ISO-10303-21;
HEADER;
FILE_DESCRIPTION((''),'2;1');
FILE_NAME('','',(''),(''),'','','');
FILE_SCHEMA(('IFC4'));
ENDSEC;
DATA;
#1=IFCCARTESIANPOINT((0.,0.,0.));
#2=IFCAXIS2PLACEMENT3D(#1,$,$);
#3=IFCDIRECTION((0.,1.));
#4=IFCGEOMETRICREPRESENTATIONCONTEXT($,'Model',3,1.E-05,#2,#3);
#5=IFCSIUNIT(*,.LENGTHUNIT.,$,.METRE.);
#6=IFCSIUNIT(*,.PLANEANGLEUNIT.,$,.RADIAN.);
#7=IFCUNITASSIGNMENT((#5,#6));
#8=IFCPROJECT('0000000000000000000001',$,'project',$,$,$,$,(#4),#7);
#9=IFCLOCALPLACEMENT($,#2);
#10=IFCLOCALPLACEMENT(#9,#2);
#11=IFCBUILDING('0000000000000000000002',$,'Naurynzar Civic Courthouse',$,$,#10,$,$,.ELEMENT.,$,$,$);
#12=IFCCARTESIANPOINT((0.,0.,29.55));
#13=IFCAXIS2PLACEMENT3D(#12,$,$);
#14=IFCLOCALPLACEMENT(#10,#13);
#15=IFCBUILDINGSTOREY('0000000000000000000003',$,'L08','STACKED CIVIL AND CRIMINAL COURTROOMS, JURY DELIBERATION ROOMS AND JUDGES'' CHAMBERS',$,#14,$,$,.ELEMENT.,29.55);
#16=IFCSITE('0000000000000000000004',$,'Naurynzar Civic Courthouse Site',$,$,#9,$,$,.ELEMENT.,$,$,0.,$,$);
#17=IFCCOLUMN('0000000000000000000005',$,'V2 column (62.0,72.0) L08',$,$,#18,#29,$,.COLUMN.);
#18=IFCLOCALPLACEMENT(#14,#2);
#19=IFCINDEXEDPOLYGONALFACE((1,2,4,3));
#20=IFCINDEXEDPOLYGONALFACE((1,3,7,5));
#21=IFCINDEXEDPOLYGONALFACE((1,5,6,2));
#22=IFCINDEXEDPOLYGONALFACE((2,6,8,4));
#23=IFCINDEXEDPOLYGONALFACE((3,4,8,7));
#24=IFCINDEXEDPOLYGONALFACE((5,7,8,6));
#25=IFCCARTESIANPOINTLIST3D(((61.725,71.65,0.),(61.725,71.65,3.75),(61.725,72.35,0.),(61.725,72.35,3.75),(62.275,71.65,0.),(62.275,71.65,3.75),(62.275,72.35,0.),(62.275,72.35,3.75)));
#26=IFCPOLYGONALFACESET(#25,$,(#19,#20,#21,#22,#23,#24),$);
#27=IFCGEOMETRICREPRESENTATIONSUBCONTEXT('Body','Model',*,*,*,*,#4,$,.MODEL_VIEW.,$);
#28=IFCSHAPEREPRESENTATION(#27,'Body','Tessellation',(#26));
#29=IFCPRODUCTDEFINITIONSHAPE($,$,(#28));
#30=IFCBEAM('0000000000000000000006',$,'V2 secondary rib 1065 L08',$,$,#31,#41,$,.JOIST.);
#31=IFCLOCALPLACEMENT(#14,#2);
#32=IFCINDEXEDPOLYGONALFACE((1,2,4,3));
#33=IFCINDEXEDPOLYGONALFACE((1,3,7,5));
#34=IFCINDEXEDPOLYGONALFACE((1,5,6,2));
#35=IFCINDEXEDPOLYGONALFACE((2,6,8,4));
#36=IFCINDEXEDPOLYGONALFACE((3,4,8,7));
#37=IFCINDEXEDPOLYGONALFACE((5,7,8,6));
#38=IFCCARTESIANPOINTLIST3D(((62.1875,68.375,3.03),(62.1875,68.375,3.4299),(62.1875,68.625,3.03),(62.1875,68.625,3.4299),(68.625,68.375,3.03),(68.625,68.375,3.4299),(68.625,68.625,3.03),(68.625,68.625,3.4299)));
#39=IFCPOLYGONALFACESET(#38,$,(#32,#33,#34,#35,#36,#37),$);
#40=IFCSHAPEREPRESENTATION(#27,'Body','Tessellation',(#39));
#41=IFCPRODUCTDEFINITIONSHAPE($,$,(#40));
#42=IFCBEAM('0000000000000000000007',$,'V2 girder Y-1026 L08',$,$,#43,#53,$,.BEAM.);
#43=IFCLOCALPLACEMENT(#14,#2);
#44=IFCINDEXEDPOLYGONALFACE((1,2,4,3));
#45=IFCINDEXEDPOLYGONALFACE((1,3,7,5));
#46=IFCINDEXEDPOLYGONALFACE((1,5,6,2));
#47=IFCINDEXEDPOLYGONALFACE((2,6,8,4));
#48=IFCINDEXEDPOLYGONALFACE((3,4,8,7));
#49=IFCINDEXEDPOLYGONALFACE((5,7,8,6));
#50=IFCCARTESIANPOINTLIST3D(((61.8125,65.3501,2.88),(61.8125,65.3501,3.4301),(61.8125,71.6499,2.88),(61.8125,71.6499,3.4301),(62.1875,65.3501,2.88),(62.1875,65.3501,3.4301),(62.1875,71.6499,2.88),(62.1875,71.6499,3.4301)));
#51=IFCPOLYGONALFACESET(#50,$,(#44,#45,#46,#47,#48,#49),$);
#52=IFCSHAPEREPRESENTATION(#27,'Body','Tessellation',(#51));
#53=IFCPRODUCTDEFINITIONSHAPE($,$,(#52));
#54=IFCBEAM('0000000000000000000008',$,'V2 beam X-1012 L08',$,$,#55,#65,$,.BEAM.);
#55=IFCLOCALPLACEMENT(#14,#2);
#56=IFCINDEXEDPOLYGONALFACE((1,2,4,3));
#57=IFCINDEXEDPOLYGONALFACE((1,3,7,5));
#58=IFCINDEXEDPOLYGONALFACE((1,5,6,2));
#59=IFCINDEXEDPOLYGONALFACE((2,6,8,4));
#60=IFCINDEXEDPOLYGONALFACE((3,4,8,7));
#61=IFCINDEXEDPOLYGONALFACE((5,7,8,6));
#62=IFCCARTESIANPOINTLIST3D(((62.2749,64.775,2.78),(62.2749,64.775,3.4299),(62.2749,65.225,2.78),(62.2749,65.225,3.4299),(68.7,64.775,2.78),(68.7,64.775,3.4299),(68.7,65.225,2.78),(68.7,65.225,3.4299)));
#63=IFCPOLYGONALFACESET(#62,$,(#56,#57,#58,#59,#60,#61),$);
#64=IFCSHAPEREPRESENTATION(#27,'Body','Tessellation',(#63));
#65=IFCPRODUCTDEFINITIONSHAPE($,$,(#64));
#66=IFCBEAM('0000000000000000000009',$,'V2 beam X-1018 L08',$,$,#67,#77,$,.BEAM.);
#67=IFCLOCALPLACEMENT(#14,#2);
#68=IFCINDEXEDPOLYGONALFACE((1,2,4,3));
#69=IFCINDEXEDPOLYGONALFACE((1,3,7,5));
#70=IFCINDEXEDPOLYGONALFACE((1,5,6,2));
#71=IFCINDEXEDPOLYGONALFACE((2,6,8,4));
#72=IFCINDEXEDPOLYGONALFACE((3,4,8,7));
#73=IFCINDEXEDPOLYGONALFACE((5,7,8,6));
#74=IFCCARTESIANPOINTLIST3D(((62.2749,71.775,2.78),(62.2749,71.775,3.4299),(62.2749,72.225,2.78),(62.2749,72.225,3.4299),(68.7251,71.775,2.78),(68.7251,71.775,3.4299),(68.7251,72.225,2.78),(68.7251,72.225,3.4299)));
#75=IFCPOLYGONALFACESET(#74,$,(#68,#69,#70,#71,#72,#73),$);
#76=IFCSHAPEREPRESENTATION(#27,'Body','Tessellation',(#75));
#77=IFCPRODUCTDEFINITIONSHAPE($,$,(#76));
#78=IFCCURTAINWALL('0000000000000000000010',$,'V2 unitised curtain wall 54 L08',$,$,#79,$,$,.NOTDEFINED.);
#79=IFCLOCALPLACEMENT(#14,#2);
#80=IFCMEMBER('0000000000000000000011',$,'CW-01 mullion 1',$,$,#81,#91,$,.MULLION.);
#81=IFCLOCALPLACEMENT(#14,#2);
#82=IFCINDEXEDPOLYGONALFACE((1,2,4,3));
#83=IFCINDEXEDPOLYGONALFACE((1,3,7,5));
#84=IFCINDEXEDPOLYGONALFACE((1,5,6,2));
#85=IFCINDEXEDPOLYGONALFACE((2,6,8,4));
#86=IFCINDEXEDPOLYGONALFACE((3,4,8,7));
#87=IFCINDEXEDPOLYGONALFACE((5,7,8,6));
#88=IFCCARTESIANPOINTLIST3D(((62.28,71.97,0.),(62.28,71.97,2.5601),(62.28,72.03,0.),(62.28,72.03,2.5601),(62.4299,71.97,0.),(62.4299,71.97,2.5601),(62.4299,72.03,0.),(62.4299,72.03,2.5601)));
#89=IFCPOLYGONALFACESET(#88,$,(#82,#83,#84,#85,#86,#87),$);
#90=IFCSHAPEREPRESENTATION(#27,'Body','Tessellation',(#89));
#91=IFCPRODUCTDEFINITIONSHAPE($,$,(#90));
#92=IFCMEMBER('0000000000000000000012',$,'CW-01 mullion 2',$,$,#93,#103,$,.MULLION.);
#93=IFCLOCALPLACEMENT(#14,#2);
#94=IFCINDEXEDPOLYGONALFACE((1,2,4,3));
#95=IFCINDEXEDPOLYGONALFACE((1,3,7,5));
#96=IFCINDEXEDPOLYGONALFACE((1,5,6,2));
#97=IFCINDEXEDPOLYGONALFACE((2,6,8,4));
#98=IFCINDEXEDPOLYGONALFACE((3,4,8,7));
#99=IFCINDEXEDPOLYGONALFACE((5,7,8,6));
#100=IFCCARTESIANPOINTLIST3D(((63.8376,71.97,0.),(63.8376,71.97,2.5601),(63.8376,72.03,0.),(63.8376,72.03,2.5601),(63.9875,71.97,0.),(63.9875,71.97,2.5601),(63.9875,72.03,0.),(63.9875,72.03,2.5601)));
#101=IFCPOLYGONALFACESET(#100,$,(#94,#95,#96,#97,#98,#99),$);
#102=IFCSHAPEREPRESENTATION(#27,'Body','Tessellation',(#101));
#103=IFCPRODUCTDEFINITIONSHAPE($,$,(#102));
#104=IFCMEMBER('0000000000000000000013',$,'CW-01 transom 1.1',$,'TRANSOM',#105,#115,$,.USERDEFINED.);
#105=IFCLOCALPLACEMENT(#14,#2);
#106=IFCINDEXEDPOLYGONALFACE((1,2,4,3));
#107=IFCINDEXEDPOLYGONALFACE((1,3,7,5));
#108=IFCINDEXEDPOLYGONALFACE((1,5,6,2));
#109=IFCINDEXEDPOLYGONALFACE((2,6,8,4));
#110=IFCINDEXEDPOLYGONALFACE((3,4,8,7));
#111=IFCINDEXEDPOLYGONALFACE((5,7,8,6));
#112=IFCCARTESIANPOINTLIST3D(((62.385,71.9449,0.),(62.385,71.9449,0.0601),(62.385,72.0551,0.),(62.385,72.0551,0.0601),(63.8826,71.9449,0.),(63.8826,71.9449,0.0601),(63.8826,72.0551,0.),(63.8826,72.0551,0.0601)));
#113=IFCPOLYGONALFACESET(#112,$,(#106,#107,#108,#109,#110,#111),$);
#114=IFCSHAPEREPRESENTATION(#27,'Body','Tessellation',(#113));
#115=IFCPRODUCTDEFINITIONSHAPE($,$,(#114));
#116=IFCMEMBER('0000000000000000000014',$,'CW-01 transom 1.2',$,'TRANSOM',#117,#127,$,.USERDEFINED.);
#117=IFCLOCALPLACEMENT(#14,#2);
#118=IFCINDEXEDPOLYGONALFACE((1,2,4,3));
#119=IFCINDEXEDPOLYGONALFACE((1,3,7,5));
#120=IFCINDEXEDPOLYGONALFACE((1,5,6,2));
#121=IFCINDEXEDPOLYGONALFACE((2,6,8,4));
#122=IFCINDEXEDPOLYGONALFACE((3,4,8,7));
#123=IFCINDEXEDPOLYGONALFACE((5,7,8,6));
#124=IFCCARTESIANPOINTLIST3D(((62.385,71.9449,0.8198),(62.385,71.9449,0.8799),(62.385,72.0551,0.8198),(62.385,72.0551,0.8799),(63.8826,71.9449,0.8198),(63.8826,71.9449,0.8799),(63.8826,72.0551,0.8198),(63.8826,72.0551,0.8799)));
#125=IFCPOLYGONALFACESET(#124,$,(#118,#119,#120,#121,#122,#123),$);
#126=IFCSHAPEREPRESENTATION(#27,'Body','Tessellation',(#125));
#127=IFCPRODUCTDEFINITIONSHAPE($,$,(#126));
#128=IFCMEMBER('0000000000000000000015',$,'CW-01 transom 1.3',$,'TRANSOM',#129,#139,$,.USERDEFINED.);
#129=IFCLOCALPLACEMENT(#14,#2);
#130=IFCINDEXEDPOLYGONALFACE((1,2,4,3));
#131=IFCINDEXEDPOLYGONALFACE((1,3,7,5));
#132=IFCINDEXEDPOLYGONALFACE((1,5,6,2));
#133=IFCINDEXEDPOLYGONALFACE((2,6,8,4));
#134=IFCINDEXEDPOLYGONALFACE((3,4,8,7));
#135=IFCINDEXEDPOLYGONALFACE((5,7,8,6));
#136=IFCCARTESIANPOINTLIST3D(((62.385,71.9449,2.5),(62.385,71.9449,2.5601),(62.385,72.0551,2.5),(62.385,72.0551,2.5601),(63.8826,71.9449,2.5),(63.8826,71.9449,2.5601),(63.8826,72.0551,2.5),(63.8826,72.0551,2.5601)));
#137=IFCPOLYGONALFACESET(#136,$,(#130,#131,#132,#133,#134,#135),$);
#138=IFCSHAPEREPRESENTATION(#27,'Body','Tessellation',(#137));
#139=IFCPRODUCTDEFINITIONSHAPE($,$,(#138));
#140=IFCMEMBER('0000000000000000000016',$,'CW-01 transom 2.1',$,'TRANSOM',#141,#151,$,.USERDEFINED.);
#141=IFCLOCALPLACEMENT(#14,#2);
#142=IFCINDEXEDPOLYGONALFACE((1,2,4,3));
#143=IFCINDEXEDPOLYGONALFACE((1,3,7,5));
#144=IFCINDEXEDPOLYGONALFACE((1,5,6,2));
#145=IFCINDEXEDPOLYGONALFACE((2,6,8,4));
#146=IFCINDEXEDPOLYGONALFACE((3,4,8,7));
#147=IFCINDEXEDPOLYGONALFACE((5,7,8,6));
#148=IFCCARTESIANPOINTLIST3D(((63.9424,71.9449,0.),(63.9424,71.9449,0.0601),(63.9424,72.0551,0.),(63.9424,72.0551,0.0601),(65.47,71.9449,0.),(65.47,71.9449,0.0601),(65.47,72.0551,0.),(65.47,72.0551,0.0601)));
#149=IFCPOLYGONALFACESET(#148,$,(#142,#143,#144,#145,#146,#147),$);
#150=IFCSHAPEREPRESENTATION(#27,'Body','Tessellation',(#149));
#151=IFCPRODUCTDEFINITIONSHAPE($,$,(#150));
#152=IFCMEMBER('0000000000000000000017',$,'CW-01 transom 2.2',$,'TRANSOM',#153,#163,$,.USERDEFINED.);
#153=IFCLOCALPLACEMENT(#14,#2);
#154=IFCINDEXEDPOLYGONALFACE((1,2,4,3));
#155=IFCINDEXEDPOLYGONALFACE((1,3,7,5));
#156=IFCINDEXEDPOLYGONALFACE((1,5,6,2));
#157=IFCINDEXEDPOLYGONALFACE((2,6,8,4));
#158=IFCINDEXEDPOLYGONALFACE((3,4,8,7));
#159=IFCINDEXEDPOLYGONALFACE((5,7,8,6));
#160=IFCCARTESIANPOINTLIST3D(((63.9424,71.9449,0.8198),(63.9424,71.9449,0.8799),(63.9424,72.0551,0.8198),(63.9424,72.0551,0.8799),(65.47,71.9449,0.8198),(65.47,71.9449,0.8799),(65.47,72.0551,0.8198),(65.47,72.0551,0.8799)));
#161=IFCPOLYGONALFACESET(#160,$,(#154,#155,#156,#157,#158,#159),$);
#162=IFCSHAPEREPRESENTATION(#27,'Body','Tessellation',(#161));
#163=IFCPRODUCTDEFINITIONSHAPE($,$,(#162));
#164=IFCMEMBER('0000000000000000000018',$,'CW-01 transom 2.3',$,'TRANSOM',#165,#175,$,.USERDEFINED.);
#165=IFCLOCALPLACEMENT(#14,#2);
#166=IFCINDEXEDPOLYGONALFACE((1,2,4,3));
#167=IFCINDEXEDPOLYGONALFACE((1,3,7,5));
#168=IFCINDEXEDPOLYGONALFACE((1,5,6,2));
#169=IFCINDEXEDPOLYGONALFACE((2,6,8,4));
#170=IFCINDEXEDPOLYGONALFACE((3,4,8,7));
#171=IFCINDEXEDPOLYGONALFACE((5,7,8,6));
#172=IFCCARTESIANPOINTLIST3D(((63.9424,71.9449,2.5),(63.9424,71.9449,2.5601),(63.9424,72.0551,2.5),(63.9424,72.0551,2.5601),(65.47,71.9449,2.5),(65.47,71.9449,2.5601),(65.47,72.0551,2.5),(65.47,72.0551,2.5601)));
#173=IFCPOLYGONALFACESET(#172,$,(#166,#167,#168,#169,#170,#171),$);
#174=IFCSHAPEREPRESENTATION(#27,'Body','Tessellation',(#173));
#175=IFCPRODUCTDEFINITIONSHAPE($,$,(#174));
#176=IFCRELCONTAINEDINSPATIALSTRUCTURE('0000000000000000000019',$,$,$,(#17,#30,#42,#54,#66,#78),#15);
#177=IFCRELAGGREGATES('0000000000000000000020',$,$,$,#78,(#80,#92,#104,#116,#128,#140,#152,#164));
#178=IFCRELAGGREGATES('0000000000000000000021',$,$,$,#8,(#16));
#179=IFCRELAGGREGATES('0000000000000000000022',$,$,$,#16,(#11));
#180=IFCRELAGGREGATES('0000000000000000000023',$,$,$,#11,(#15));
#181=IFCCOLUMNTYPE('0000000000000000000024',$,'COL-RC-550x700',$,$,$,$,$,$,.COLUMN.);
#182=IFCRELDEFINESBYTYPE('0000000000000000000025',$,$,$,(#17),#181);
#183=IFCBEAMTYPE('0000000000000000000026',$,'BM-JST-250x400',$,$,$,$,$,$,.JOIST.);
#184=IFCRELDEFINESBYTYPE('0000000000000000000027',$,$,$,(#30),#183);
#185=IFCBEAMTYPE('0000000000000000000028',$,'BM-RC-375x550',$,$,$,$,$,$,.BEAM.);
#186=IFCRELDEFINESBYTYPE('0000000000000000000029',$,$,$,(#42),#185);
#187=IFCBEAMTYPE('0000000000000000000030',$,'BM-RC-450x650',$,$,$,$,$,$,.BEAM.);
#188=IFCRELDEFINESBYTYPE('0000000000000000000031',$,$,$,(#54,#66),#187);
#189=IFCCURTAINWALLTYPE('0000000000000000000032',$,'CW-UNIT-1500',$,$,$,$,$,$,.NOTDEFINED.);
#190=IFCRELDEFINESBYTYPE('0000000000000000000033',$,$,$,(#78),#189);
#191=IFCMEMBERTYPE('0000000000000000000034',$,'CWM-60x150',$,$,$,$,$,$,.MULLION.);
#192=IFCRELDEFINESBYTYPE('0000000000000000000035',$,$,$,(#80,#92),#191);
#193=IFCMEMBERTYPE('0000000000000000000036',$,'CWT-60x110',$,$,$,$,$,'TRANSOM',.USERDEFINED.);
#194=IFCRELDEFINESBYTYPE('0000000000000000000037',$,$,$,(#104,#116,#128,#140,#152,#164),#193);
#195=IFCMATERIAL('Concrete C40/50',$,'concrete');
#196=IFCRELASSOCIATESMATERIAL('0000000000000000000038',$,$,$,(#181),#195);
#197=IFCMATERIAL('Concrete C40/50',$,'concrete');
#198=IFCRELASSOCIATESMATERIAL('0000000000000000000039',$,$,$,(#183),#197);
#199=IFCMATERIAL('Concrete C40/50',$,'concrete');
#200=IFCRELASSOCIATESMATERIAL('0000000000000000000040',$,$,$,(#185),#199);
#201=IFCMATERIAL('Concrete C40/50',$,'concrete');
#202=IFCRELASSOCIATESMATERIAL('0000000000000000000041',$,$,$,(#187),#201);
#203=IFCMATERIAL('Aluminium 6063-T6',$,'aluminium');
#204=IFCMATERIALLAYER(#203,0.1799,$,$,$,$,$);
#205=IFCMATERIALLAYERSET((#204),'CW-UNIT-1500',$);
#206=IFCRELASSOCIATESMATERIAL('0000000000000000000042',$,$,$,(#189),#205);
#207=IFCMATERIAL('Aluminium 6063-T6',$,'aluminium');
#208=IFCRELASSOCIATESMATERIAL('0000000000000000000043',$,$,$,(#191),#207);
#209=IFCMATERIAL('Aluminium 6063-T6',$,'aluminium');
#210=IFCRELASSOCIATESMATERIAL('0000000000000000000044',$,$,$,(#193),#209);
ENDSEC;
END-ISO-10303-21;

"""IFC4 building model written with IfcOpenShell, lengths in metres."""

from ifc_helpers import new_model, si_unit, direction, frame, origin, origin_2d, place, context, subcontext, project, spatial, rectangle, extrude, material, layer, layer_set, material_profile, profile_set, type_object, element, aggregate, save


model = new_model("IFC4")

# Units and contexts
model_context = context("Model", 3, precision=1e-05, world=origin(), true_north=direction((0.0, 1.0)))
body_context = subcontext(model_context, "Body", "Model", "MODEL_VIEW")
ifc_project = project(units=[si_unit("LENGTHUNIT", "METRE"), si_unit("PLANEANGLEUNIT", "RADIAN")], contexts=[model_context])

# Site, building, storey
site_placement = place(None, origin())
site = spatial("IfcSite", under=ifc_project, at=site_placement, Name="Naurynzar Civic Courthouse Site", CompositionType="ELEMENT", RefElevation=0.0)
building_placement = place(site_placement, origin())
building = spatial("IfcBuilding", under=site, at=building_placement, Name="Naurynzar Civic Courthouse", CompositionType="ELEMENT")
storey_placement = place(building_placement, frame((0.0, 0.0, 29.55)))
storey = spatial("IfcBuildingStorey", under=building, at=storey_placement, Name="L08", Description="STACKED CIVIL AND CRIMINAL COURTROOMS, JURY DELIBERATION ROOMS AND JUDGES' CHAMBERS", CompositionType="ELEMENT", Elevation=29.55)

# Column
ifc_material_1 = material(Name="Concrete C40/50", Category="concrete")
ifc_material_profile_1 = material_profile(ifc_material_1, rectangle(XDim=0.55, YDim=0.7, at=origin_2d()), Name="RC 550x700")
ifc_profile_set_1 = profile_set([ifc_material_profile_1], Name="Concrete C40/50")
column_type = type_object("IfcColumnType", Name="COL-RC-550x700", PredefinedType="COLUMN", material=ifc_profile_set_1)
column_placement = place(storey_placement, frame((62.0, 72.0, 0.0), z_axis=(0.0, 0.0, 1.0), x_axis=(1.0, 0.0, 0.0)))
element("IfcColumn", 1, at=column_placement, inside=storey, type_object=column_type, Name="V2 column (62.0,72.0) L08", PredefinedType="COLUMN", context=body_context, shape_type="SweptSolid", body=[
    extrude(rectangle(XDim=0.55, YDim=0.7, at=origin_2d()), origin(), (0.0, 0.0, 1.0), 3.75),
])

# Beams
ifc_material_2 = material(Name="Concrete C40/50", Category="concrete")
ifc_material_profile_2 = material_profile(ifc_material_2, rectangle(XDim=0.25, YDim=0.3999, at=origin_2d()), Name="RCB 250x400")
ifc_profile_set_2 = profile_set([ifc_material_profile_2], Name="Concrete C40/50")
beam_type_1 = type_object("IfcBeamType", Name="BM-JST-250x400", PredefinedType="JOIST", material=ifc_profile_set_2)
beam_1_placement = place(storey_placement, frame((62.1875, 68.5, 3.23), z_axis=(1.0, 0.0, 0.0), x_axis=(0.0, 1.0, 0.0)))
element("IfcBeam", 2, at=beam_1_placement, inside=storey, type_object=beam_type_1, Name="V2 secondary rib 1065 L08", PredefinedType="JOIST", context=body_context, shape_type="SweptSolid", body=[
    extrude(rectangle(XDim=0.25, YDim=0.3999, at=origin_2d()), origin(), (0.0, 0.0, 1.0), 6.4375),
])
ifc_material_3 = material(Name="Concrete C40/50", Category="concrete")
ifc_material_profile_3 = material_profile(ifc_material_3, rectangle(XDim=0.375, YDim=0.55, at=origin_2d()), Name="RCB 375x550")
ifc_profile_set_3 = profile_set([ifc_material_profile_3], Name="Concrete C40/50")
beam_type_2 = type_object("IfcBeamType", Name="BM-RC-375x550", PredefinedType="BEAM", material=ifc_profile_set_3)
beam_2_placement = place(storey_placement, frame((62.0, 65.3501, 3.155), z_axis=(0.0, 1.0, 0.0), x_axis=(-1.0, 0.0, 0.0)))
element("IfcBeam", 3, at=beam_2_placement, inside=storey, type_object=beam_type_2, Name="V2 girder Y-1026 L08", PredefinedType="BEAM", context=body_context, shape_type="SweptSolid", body=[
    extrude(rectangle(XDim=0.375, YDim=0.55, at=origin_2d()), origin(), (0.0, 0.0, 1.0), 6.2998),
])
ifc_material_4 = material(Name="Concrete C40/50", Category="concrete")
ifc_material_profile_4 = material_profile(ifc_material_4, rectangle(XDim=0.45, YDim=0.6499, at=origin_2d()), Name="RCB 450x650")
ifc_profile_set_4 = profile_set([ifc_material_profile_4], Name="Concrete C40/50")
beam_type_3 = type_object("IfcBeamType", Name="BM-RC-450x650", PredefinedType="BEAM", material=ifc_profile_set_4)
beam_3_placement = place(storey_placement, frame((62.2749, 65.0, 3.105), z_axis=(1.0, 0.0, 0.0), x_axis=(0.0, 1.0, 0.0)))
element("IfcBeam", 4, at=beam_3_placement, inside=storey, type_object=beam_type_3, Name="V2 beam X-1012 L08", PredefinedType="BEAM", context=body_context, shape_type="SweptSolid", body=[
    extrude(rectangle(XDim=0.45, YDim=0.6499, at=origin_2d()), origin(), (0.0, 0.0, 1.0), 6.425),
])
beam_4_placement = place(storey_placement, frame((62.2749, 72.0, 3.105), z_axis=(1.0, 0.0, 0.0), x_axis=(0.0, 1.0, 0.0)))
element("IfcBeam", 5, at=beam_4_placement, inside=storey, type_object=beam_type_3, Name="V2 beam X-1018 L08", PredefinedType="BEAM", context=body_context, shape_type="SweptSolid", body=[
    extrude(rectangle(XDim=0.45, YDim=0.6499, at=origin_2d()), origin(), (0.0, 0.0, 1.0), 6.4502),
])

# Curtain wall, members
ifc_material_5 = material(Name="Aluminium 6063-T6", Category="aluminium")
ifc_layer_1 = layer(ifc_material_5, 0.1799)
ifc_layer_set_1 = layer_set([ifc_layer_1], Name="CW-UNIT-1500")
curtain_wall_type = type_object("IfcCurtainWallType", Name="CW-UNIT-1500", PredefinedType="NOTDEFINED", material=ifc_layer_set_1)
curtain_wall_placement = place(storey_placement, origin())
curtain_wall = element("IfcCurtainWall", 6, at=curtain_wall_placement, inside=storey, type_object=curtain_wall_type, Name="V2 unitised curtain wall 54 L08", PredefinedType="NOTDEFINED")
ifc_material_6 = material(Name="Aluminium 6063-T6", Category="aluminium")
ifc_material_profile_5 = material_profile(ifc_material_6, rectangle(XDim=0.0601, YDim=0.1499, at=origin_2d()), Name="ALU MULLION 60x150")
ifc_profile_set_5 = profile_set([ifc_material_profile_5], Name="Aluminium 6063-T6")
member_type_1 = type_object("IfcMemberType", Name="CWM-60x150", PredefinedType="MULLION", material=ifc_profile_set_5)
member_1_placement = place(storey_placement, frame((62.355, 72.0, 0.0), z_axis=(0.0, 0.0, 1.0), x_axis=(0.0, 1.0, 0.0)))
member_1 = element("IfcMember", 7, at=member_1_placement, type_object=member_type_1, Name="CW-01 mullion 1", PredefinedType="MULLION", context=body_context, shape_type="SweptSolid", body=[
    extrude(rectangle(XDim=0.0601, YDim=0.1499, at=origin_2d()), origin(), (0.0, 0.0, 1.0), 2.5601),
])
member_2_placement = place(storey_placement, frame((63.9126, 72.0, 0.0), z_axis=(0.0, 0.0, 1.0), x_axis=(0.0, 1.0, 0.0)))
member_2 = element("IfcMember", 8, at=member_2_placement, type_object=member_type_1, Name="CW-01 mullion 2", PredefinedType="MULLION", context=body_context, shape_type="SweptSolid", body=[
    extrude(rectangle(XDim=0.0601, YDim=0.1499, at=origin_2d()), origin(), (0.0, 0.0, 1.0), 2.5601),
])
ifc_material_7 = material(Name="Aluminium 6063-T6", Category="aluminium")
ifc_material_profile_6 = material_profile(ifc_material_7, rectangle(XDim=0.1101, YDim=0.0601, at=origin_2d()), Name="ALU TRANSOM 60x110")
ifc_profile_set_6 = profile_set([ifc_material_profile_6], Name="Aluminium 6063-T6")
member_type_2 = type_object("IfcMemberType", Name="CWT-60x110", ElementType="TRANSOM", PredefinedType="USERDEFINED", material=ifc_profile_set_6)
member_3_placement = place(storey_placement, frame((62.385, 72.0, 0.03), z_axis=(1.0, 0.0, 0.0), x_axis=(0.0, 1.0, 0.0)))
member_3 = element("IfcMember", 9, at=member_3_placement, type_object=member_type_2, Name="CW-01 transom 1.1", ObjectType="TRANSOM", PredefinedType="USERDEFINED", context=body_context, shape_type="SweptSolid", body=[
    extrude(rectangle(XDim=0.1101, YDim=0.0601, at=origin_2d()), origin(), (0.0, 0.0, 1.0), 1.4976),
])
member_4_placement = place(storey_placement, frame((62.385, 72.0, 0.8499), z_axis=(1.0, 0.0, 0.0), x_axis=(0.0, 1.0, 0.0)))
member_4 = element("IfcMember", 10, at=member_4_placement, type_object=member_type_2, Name="CW-01 transom 1.2", ObjectType="TRANSOM", PredefinedType="USERDEFINED", context=body_context, shape_type="SweptSolid", body=[
    extrude(rectangle(XDim=0.1101, YDim=0.0601, at=origin_2d()), origin(), (0.0, 0.0, 1.0), 1.4976),
])
member_5_placement = place(storey_placement, frame((62.385, 72.0, 2.53), z_axis=(1.0, 0.0, 0.0), x_axis=(0.0, 1.0, 0.0)))
member_5 = element("IfcMember", 11, at=member_5_placement, type_object=member_type_2, Name="CW-01 transom 1.3", ObjectType="TRANSOM", PredefinedType="USERDEFINED", context=body_context, shape_type="SweptSolid", body=[
    extrude(rectangle(XDim=0.1101, YDim=0.0601, at=origin_2d()), origin(), (0.0, 0.0, 1.0), 1.4976),
])
member_6_placement = place(storey_placement, frame((63.9424, 72.0, 0.03), z_axis=(1.0, 0.0, 0.0), x_axis=(0.0, 1.0, 0.0)))
member_6 = element("IfcMember", 12, at=member_6_placement, type_object=member_type_2, Name="CW-01 transom 2.1", ObjectType="TRANSOM", PredefinedType="USERDEFINED", context=body_context, shape_type="SweptSolid", body=[
    extrude(rectangle(XDim=0.1101, YDim=0.0601, at=origin_2d()), origin(), (0.0, 0.0, 1.0), 1.5276),
])
member_7_placement = place(storey_placement, frame((63.9424, 72.0, 0.8499), z_axis=(1.0, 0.0, 0.0), x_axis=(0.0, 1.0, 0.0)))
member_7 = element("IfcMember", 13, at=member_7_placement, type_object=member_type_2, Name="CW-01 transom 2.2", ObjectType="TRANSOM", PredefinedType="USERDEFINED", context=body_context, shape_type="SweptSolid", body=[
    extrude(rectangle(XDim=0.1101, YDim=0.0601, at=origin_2d()), origin(), (0.0, 0.0, 1.0), 1.5276),
])
member_8_placement = place(storey_placement, frame((63.9424, 72.0, 2.53), z_axis=(1.0, 0.0, 0.0), x_axis=(0.0, 1.0, 0.0)))
member_8 = element("IfcMember", 14, at=member_8_placement, type_object=member_type_2, Name="CW-01 transom 2.3", ObjectType="TRANSOM", PredefinedType="USERDEFINED", context=body_context, shape_type="SweptSolid", body=[
    extrude(rectangle(XDim=0.1101, YDim=0.0601, at=origin_2d()), origin(), (0.0, 0.0, 1.0), 1.5276),
])
aggregate(curtain_wall, [member_1, member_2, member_3, member_4, member_5, member_6, member_7, member_8])

save(model, "model.ifc")
